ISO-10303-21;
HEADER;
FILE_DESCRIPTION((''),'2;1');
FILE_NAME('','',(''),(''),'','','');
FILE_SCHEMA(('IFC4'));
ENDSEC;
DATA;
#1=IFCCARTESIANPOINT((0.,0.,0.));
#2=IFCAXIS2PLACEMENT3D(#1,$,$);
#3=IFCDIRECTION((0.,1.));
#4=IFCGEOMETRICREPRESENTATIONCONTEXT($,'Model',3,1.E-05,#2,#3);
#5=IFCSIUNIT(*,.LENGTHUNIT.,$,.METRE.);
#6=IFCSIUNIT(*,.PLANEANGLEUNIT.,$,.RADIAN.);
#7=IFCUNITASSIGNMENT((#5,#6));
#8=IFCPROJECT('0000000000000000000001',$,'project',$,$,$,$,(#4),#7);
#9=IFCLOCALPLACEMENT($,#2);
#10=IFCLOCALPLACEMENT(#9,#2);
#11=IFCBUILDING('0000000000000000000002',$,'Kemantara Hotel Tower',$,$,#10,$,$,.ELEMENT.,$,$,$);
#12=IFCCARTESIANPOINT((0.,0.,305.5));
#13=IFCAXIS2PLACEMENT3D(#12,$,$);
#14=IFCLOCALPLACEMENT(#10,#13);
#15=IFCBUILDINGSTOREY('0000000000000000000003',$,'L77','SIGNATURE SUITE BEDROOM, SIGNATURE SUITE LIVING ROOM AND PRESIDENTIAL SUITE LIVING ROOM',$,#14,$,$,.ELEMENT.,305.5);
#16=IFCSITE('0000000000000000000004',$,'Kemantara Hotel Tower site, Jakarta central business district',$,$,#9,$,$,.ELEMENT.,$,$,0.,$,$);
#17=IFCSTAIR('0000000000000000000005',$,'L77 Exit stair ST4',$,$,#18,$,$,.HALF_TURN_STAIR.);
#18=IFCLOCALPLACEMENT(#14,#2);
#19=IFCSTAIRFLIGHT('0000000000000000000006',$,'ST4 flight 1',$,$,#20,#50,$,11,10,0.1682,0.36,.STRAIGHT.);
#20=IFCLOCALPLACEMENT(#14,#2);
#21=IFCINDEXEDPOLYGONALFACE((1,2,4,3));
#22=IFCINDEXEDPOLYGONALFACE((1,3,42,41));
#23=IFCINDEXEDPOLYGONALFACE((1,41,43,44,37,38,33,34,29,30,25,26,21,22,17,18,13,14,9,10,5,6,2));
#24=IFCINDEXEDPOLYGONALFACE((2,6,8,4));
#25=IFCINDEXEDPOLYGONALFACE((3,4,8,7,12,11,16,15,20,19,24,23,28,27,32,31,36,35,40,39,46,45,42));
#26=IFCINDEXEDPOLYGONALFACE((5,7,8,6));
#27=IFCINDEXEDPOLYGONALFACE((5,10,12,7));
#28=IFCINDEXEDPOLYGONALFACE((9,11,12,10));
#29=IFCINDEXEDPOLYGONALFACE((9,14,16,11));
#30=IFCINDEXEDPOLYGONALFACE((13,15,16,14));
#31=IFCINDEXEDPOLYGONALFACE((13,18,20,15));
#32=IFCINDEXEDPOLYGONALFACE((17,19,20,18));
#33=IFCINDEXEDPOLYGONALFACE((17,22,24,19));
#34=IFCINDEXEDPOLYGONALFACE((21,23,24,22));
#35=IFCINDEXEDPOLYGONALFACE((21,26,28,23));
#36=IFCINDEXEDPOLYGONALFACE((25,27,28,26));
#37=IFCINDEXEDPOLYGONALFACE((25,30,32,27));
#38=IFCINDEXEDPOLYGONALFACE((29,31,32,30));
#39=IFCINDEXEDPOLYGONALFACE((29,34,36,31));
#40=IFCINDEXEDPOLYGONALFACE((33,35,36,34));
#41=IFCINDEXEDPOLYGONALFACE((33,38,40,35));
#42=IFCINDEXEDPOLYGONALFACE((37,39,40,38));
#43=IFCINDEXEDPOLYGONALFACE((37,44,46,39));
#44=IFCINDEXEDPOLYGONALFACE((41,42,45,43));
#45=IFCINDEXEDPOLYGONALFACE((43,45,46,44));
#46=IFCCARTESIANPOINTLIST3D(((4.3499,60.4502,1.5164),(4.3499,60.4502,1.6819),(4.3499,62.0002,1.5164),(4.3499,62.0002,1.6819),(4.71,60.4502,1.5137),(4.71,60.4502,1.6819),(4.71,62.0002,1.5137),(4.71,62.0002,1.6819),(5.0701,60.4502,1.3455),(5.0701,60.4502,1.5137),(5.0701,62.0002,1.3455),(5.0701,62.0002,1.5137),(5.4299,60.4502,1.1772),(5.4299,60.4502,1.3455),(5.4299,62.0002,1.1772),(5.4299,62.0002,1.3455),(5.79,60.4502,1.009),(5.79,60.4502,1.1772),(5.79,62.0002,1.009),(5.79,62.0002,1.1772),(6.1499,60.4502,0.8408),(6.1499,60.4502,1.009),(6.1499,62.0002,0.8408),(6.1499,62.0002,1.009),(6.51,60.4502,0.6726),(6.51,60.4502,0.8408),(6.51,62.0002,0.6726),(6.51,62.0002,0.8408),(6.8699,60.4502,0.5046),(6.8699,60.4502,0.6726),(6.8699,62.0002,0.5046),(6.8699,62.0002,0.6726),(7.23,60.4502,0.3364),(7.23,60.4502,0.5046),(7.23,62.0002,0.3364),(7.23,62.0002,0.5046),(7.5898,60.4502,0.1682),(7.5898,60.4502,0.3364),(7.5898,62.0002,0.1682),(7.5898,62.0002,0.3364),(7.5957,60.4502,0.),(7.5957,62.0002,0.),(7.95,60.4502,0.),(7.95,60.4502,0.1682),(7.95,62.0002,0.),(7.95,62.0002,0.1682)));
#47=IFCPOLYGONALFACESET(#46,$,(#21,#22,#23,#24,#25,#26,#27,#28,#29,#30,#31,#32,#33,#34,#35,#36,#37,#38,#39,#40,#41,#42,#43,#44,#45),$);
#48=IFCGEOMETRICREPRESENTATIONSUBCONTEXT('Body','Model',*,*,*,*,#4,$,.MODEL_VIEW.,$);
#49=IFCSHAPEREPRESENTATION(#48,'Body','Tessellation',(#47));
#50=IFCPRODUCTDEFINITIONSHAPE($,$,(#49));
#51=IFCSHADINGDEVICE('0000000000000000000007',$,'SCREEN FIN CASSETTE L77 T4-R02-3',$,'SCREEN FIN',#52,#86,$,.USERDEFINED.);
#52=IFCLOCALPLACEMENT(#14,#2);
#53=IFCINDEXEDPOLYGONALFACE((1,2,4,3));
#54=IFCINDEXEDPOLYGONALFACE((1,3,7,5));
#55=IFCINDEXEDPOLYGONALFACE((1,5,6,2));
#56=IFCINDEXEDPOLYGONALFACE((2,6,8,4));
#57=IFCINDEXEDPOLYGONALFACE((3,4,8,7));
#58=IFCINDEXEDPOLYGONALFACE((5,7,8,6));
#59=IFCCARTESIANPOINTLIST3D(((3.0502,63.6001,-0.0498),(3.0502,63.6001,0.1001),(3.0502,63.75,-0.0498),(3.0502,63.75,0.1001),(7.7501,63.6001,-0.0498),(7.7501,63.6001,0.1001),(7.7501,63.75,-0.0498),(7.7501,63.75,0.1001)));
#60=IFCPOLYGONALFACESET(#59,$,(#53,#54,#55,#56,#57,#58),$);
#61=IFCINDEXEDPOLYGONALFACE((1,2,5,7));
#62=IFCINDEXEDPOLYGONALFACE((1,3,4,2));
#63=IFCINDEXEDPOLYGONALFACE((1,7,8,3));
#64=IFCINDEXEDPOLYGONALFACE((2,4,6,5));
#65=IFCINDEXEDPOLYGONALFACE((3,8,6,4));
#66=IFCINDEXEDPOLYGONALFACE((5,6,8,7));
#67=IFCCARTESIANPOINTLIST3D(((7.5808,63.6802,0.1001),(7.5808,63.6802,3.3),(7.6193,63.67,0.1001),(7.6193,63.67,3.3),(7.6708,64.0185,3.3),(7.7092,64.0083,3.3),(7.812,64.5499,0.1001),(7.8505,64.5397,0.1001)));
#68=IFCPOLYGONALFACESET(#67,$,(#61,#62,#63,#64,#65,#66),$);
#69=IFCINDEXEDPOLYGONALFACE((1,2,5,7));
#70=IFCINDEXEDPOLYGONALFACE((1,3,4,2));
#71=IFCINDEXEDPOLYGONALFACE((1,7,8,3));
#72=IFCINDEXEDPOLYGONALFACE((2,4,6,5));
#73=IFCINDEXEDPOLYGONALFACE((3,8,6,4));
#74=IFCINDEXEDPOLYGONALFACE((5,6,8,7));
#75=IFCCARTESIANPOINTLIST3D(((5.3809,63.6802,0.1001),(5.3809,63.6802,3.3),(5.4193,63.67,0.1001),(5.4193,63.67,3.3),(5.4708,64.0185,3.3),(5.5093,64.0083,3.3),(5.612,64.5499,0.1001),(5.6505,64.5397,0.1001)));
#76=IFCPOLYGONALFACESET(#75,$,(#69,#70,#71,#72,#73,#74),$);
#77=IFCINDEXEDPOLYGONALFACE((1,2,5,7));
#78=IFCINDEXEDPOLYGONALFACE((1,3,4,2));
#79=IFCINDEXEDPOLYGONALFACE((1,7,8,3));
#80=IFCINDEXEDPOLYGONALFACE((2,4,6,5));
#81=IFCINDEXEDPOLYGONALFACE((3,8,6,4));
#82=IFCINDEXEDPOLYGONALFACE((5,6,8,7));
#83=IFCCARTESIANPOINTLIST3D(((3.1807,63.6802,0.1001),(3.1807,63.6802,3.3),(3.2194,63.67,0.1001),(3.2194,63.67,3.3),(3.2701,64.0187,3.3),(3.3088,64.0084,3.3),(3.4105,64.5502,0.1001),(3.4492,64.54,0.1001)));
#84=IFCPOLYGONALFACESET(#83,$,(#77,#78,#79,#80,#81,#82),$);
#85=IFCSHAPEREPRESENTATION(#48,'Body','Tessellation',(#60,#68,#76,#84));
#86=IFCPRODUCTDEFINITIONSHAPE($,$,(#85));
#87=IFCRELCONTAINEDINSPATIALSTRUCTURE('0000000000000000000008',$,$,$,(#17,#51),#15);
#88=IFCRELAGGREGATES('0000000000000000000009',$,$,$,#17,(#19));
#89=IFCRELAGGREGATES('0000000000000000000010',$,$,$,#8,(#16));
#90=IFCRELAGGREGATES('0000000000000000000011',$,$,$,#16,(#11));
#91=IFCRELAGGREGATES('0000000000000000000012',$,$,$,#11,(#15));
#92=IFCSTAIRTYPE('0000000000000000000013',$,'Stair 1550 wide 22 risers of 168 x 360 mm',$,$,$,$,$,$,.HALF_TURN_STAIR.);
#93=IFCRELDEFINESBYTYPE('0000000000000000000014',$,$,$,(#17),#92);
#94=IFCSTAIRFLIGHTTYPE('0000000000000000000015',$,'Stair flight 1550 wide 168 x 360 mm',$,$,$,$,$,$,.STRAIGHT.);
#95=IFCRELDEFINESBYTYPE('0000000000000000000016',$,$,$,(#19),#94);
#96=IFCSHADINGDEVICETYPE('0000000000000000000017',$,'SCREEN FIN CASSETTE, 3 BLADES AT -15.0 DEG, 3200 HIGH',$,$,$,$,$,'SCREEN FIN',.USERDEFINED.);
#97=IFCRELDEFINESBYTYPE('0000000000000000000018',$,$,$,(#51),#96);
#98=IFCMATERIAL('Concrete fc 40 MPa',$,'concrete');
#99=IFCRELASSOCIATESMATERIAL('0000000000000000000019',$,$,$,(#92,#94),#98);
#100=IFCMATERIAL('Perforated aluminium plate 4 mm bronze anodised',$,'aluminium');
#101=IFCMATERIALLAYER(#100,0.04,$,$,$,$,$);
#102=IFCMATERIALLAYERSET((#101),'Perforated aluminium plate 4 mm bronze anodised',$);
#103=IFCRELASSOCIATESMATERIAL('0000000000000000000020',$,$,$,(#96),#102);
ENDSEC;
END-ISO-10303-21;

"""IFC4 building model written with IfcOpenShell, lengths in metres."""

from ifc_helpers import new_model, si_unit, direction, frame, origin, origin_2d, place, context, subcontext, project, spatial, polyline, rectangle, outline, extrude, source, transform, mapped, material, layer, layer_set, type_object, element, aggregate, save


model = new_model("IFC4")

# Units and contexts
model_context = context("Model", 3, precision=1e-05, world=origin(), true_north=direction((0.0, 1.0)))
body_context = subcontext(model_context, "Body", "Model", "MODEL_VIEW")
ifc_project = project(units=[si_unit("LENGTHUNIT", "METRE"), si_unit("PLANEANGLEUNIT", "RADIAN")], contexts=[model_context])

# Site, building, storey
site_placement = place(None, origin())
site = spatial("IfcSite", under=ifc_project, at=site_placement, Name="Kemantara Hotel Tower site, Jakarta central business district", CompositionType="ELEMENT", RefElevation=0.0)
building_placement = place(site_placement, origin())
building = spatial("IfcBuilding", under=site, at=building_placement, Name="Kemantara Hotel Tower", CompositionType="ELEMENT")
storey_placement = place(building_placement, frame((0.0, 0.0, 305.5)))
storey = spatial("IfcBuildingStorey", under=building, at=storey_placement, Name="L77", Description="SIGNATURE SUITE BEDROOM, SIGNATURE SUITE LIVING ROOM AND PRESIDENTIAL SUITE LIVING ROOM", CompositionType="ELEMENT", Elevation=305.5)

# Shared definitions
ifc_material_1 = material(Name="Concrete fc 40 MPa", Category="concrete")

# Stair, stair flight
stair_type = type_object("IfcStairType", Name="Stair 1550 wide 22 risers of 168 x 360 mm", PredefinedType="HALF_TURN_STAIR", material=ifc_material_1)
stair_placement = place(storey_placement, origin())
stair = element("IfcStair", 1, at=stair_placement, inside=storey, type_object=stair_type, Name="L77 Exit stair ST4", PredefinedType="HALF_TURN_STAIR")
stair_flight_type = type_object("IfcStairFlightType", Name="Stair flight 1550 wide 168 x 360 mm", PredefinedType="STRAIGHT", material=ifc_material_1)
stair_flight_placement = place(storey_placement, frame((7.95, 61.2251, 0.0), z_axis=(0.0, 0.0, 1.0), x_axis=(-1.0, 0.0, 0.0)))
stair_flight = element("IfcStairFlight", 2, at=stair_flight_placement, type_object=stair_flight_type, Name="ST4 flight 1", NumberOfRisers=11, NumberOfTreads=10, PredefinedType="STRAIGHT", RiserHeight=0.1682, TreadLength=0.36, context=body_context, shape_type="SweptSolid", body=[
    extrude(outline(polyline([(0.0, 0.0), (0.0, 0.1682), (0.3601, 0.1682), (0.3601, 0.3364), (0.72, 0.3364), (0.72, 0.5046), (1.0801, 0.5046), (1.0801, 0.6726), (1.4399, 0.6726), (1.4399, 0.8408), (1.8, 0.8408), (1.8, 1.009), (2.1599, 1.009), (2.1599, 1.1772), (2.52, 1.1772), (2.52, 1.3455), (2.8799, 1.3455), (2.8799, 1.5137), (3.24, 1.5137), (3.24, 1.6819), (3.6001, 1.6819), (3.6001, 1.8501), (3.6001, 1.5164), (0.3542, 0.0), (0.0, 0.0)])), frame((0.0, 0.7749, 0.0), z_axis=(0.0, -1.0, 0.0), x_axis=(1.0, 0.0, 0.0)), (0.0, 0.0, 1.0), 1.55),
])
aggregate(stair, [stair_flight])

# Shading device
ifc_material_2 = material(Name="Perforated aluminium plate 4 mm bronze anodised", Category="aluminium")
ifc_layer_1 = layer(ifc_material_2, 0.04)
ifc_layer_set_1 = layer_set([ifc_layer_1], Name="Perforated aluminium plate 4 mm bronze anodised")
shading_device_type = type_object("IfcShadingDeviceType", Name="SCREEN FIN CASSETTE, 3 BLADES AT -15.0 DEG, 3200 HIGH", ElementType="SCREEN FIN", PredefinedType="USERDEFINED", material=ifc_layer_set_1)
shared_shape_1 = source(origin(), body_context, "Body", "SweptSolid", [
    extrude(rectangle(XDim=4.7, YDim=0.1499, at=origin_2d()), frame((2.2, -0.075, -0.1499), z_axis=(0.0, 0.0, 1.0), x_axis=(1.0, 0.0, 0.0)), (0.0, 0.0, 1.0), 0.1499),
    extrude(outline(polyline([(0.0, 0.0), (0.8999, 0.0), (0.3501, 3.2), (0.0, 3.2), (0.0, 0.0)])), frame((0.0193, -0.0801, 0.0), z_axis=(-0.966438, 0.256901, 0.0), x_axis=(-0.256901, -0.966438, 0.0)), (0.0, 0.0, 1.0), 0.0398),
    extrude(outline(polyline([(0.0, 0.0), (0.8999, 0.0), (0.3501, 3.2), (0.0, 3.2), (0.0, 0.0)])), frame((2.2192, -0.0801, 0.0), z_axis=(-0.966438, 0.256901, 0.0), x_axis=(-0.256901, -0.966438, 0.0)), (0.0, 0.0, 1.0), 0.0398),
    extrude(outline(polyline([(0.0, 0.0), (0.8999, 0.0), (0.3501, 3.2), (0.0, 3.2), (0.0, 0.0)])), frame((4.4194, -0.0801, 0.0), z_axis=(-0.966838, 0.255391, 0.0), x_axis=(-0.255391, -0.966838, 0.0)), (0.0, 0.0, 1.0), 0.04),
])
shading_device_placement = place(storey_placement, frame((7.6001, 63.6001, 0.1001), z_axis=(0.0, 0.0, 1.0), x_axis=(-1.0, 0.0, 0.0)))
element("IfcShadingDevice", 3, at=shading_device_placement, inside=storey, type_object=shading_device_type, Name="SCREEN FIN CASSETTE L77 T4-R02-3", ObjectType="SCREEN FIN", PredefinedType="USERDEFINED", context=body_context, shape_type="MappedRepresentation", body=[
    mapped(shared_shape_1, transform((0.0, 0.0, 0.0))),
])

save(model, "model.ifc")
